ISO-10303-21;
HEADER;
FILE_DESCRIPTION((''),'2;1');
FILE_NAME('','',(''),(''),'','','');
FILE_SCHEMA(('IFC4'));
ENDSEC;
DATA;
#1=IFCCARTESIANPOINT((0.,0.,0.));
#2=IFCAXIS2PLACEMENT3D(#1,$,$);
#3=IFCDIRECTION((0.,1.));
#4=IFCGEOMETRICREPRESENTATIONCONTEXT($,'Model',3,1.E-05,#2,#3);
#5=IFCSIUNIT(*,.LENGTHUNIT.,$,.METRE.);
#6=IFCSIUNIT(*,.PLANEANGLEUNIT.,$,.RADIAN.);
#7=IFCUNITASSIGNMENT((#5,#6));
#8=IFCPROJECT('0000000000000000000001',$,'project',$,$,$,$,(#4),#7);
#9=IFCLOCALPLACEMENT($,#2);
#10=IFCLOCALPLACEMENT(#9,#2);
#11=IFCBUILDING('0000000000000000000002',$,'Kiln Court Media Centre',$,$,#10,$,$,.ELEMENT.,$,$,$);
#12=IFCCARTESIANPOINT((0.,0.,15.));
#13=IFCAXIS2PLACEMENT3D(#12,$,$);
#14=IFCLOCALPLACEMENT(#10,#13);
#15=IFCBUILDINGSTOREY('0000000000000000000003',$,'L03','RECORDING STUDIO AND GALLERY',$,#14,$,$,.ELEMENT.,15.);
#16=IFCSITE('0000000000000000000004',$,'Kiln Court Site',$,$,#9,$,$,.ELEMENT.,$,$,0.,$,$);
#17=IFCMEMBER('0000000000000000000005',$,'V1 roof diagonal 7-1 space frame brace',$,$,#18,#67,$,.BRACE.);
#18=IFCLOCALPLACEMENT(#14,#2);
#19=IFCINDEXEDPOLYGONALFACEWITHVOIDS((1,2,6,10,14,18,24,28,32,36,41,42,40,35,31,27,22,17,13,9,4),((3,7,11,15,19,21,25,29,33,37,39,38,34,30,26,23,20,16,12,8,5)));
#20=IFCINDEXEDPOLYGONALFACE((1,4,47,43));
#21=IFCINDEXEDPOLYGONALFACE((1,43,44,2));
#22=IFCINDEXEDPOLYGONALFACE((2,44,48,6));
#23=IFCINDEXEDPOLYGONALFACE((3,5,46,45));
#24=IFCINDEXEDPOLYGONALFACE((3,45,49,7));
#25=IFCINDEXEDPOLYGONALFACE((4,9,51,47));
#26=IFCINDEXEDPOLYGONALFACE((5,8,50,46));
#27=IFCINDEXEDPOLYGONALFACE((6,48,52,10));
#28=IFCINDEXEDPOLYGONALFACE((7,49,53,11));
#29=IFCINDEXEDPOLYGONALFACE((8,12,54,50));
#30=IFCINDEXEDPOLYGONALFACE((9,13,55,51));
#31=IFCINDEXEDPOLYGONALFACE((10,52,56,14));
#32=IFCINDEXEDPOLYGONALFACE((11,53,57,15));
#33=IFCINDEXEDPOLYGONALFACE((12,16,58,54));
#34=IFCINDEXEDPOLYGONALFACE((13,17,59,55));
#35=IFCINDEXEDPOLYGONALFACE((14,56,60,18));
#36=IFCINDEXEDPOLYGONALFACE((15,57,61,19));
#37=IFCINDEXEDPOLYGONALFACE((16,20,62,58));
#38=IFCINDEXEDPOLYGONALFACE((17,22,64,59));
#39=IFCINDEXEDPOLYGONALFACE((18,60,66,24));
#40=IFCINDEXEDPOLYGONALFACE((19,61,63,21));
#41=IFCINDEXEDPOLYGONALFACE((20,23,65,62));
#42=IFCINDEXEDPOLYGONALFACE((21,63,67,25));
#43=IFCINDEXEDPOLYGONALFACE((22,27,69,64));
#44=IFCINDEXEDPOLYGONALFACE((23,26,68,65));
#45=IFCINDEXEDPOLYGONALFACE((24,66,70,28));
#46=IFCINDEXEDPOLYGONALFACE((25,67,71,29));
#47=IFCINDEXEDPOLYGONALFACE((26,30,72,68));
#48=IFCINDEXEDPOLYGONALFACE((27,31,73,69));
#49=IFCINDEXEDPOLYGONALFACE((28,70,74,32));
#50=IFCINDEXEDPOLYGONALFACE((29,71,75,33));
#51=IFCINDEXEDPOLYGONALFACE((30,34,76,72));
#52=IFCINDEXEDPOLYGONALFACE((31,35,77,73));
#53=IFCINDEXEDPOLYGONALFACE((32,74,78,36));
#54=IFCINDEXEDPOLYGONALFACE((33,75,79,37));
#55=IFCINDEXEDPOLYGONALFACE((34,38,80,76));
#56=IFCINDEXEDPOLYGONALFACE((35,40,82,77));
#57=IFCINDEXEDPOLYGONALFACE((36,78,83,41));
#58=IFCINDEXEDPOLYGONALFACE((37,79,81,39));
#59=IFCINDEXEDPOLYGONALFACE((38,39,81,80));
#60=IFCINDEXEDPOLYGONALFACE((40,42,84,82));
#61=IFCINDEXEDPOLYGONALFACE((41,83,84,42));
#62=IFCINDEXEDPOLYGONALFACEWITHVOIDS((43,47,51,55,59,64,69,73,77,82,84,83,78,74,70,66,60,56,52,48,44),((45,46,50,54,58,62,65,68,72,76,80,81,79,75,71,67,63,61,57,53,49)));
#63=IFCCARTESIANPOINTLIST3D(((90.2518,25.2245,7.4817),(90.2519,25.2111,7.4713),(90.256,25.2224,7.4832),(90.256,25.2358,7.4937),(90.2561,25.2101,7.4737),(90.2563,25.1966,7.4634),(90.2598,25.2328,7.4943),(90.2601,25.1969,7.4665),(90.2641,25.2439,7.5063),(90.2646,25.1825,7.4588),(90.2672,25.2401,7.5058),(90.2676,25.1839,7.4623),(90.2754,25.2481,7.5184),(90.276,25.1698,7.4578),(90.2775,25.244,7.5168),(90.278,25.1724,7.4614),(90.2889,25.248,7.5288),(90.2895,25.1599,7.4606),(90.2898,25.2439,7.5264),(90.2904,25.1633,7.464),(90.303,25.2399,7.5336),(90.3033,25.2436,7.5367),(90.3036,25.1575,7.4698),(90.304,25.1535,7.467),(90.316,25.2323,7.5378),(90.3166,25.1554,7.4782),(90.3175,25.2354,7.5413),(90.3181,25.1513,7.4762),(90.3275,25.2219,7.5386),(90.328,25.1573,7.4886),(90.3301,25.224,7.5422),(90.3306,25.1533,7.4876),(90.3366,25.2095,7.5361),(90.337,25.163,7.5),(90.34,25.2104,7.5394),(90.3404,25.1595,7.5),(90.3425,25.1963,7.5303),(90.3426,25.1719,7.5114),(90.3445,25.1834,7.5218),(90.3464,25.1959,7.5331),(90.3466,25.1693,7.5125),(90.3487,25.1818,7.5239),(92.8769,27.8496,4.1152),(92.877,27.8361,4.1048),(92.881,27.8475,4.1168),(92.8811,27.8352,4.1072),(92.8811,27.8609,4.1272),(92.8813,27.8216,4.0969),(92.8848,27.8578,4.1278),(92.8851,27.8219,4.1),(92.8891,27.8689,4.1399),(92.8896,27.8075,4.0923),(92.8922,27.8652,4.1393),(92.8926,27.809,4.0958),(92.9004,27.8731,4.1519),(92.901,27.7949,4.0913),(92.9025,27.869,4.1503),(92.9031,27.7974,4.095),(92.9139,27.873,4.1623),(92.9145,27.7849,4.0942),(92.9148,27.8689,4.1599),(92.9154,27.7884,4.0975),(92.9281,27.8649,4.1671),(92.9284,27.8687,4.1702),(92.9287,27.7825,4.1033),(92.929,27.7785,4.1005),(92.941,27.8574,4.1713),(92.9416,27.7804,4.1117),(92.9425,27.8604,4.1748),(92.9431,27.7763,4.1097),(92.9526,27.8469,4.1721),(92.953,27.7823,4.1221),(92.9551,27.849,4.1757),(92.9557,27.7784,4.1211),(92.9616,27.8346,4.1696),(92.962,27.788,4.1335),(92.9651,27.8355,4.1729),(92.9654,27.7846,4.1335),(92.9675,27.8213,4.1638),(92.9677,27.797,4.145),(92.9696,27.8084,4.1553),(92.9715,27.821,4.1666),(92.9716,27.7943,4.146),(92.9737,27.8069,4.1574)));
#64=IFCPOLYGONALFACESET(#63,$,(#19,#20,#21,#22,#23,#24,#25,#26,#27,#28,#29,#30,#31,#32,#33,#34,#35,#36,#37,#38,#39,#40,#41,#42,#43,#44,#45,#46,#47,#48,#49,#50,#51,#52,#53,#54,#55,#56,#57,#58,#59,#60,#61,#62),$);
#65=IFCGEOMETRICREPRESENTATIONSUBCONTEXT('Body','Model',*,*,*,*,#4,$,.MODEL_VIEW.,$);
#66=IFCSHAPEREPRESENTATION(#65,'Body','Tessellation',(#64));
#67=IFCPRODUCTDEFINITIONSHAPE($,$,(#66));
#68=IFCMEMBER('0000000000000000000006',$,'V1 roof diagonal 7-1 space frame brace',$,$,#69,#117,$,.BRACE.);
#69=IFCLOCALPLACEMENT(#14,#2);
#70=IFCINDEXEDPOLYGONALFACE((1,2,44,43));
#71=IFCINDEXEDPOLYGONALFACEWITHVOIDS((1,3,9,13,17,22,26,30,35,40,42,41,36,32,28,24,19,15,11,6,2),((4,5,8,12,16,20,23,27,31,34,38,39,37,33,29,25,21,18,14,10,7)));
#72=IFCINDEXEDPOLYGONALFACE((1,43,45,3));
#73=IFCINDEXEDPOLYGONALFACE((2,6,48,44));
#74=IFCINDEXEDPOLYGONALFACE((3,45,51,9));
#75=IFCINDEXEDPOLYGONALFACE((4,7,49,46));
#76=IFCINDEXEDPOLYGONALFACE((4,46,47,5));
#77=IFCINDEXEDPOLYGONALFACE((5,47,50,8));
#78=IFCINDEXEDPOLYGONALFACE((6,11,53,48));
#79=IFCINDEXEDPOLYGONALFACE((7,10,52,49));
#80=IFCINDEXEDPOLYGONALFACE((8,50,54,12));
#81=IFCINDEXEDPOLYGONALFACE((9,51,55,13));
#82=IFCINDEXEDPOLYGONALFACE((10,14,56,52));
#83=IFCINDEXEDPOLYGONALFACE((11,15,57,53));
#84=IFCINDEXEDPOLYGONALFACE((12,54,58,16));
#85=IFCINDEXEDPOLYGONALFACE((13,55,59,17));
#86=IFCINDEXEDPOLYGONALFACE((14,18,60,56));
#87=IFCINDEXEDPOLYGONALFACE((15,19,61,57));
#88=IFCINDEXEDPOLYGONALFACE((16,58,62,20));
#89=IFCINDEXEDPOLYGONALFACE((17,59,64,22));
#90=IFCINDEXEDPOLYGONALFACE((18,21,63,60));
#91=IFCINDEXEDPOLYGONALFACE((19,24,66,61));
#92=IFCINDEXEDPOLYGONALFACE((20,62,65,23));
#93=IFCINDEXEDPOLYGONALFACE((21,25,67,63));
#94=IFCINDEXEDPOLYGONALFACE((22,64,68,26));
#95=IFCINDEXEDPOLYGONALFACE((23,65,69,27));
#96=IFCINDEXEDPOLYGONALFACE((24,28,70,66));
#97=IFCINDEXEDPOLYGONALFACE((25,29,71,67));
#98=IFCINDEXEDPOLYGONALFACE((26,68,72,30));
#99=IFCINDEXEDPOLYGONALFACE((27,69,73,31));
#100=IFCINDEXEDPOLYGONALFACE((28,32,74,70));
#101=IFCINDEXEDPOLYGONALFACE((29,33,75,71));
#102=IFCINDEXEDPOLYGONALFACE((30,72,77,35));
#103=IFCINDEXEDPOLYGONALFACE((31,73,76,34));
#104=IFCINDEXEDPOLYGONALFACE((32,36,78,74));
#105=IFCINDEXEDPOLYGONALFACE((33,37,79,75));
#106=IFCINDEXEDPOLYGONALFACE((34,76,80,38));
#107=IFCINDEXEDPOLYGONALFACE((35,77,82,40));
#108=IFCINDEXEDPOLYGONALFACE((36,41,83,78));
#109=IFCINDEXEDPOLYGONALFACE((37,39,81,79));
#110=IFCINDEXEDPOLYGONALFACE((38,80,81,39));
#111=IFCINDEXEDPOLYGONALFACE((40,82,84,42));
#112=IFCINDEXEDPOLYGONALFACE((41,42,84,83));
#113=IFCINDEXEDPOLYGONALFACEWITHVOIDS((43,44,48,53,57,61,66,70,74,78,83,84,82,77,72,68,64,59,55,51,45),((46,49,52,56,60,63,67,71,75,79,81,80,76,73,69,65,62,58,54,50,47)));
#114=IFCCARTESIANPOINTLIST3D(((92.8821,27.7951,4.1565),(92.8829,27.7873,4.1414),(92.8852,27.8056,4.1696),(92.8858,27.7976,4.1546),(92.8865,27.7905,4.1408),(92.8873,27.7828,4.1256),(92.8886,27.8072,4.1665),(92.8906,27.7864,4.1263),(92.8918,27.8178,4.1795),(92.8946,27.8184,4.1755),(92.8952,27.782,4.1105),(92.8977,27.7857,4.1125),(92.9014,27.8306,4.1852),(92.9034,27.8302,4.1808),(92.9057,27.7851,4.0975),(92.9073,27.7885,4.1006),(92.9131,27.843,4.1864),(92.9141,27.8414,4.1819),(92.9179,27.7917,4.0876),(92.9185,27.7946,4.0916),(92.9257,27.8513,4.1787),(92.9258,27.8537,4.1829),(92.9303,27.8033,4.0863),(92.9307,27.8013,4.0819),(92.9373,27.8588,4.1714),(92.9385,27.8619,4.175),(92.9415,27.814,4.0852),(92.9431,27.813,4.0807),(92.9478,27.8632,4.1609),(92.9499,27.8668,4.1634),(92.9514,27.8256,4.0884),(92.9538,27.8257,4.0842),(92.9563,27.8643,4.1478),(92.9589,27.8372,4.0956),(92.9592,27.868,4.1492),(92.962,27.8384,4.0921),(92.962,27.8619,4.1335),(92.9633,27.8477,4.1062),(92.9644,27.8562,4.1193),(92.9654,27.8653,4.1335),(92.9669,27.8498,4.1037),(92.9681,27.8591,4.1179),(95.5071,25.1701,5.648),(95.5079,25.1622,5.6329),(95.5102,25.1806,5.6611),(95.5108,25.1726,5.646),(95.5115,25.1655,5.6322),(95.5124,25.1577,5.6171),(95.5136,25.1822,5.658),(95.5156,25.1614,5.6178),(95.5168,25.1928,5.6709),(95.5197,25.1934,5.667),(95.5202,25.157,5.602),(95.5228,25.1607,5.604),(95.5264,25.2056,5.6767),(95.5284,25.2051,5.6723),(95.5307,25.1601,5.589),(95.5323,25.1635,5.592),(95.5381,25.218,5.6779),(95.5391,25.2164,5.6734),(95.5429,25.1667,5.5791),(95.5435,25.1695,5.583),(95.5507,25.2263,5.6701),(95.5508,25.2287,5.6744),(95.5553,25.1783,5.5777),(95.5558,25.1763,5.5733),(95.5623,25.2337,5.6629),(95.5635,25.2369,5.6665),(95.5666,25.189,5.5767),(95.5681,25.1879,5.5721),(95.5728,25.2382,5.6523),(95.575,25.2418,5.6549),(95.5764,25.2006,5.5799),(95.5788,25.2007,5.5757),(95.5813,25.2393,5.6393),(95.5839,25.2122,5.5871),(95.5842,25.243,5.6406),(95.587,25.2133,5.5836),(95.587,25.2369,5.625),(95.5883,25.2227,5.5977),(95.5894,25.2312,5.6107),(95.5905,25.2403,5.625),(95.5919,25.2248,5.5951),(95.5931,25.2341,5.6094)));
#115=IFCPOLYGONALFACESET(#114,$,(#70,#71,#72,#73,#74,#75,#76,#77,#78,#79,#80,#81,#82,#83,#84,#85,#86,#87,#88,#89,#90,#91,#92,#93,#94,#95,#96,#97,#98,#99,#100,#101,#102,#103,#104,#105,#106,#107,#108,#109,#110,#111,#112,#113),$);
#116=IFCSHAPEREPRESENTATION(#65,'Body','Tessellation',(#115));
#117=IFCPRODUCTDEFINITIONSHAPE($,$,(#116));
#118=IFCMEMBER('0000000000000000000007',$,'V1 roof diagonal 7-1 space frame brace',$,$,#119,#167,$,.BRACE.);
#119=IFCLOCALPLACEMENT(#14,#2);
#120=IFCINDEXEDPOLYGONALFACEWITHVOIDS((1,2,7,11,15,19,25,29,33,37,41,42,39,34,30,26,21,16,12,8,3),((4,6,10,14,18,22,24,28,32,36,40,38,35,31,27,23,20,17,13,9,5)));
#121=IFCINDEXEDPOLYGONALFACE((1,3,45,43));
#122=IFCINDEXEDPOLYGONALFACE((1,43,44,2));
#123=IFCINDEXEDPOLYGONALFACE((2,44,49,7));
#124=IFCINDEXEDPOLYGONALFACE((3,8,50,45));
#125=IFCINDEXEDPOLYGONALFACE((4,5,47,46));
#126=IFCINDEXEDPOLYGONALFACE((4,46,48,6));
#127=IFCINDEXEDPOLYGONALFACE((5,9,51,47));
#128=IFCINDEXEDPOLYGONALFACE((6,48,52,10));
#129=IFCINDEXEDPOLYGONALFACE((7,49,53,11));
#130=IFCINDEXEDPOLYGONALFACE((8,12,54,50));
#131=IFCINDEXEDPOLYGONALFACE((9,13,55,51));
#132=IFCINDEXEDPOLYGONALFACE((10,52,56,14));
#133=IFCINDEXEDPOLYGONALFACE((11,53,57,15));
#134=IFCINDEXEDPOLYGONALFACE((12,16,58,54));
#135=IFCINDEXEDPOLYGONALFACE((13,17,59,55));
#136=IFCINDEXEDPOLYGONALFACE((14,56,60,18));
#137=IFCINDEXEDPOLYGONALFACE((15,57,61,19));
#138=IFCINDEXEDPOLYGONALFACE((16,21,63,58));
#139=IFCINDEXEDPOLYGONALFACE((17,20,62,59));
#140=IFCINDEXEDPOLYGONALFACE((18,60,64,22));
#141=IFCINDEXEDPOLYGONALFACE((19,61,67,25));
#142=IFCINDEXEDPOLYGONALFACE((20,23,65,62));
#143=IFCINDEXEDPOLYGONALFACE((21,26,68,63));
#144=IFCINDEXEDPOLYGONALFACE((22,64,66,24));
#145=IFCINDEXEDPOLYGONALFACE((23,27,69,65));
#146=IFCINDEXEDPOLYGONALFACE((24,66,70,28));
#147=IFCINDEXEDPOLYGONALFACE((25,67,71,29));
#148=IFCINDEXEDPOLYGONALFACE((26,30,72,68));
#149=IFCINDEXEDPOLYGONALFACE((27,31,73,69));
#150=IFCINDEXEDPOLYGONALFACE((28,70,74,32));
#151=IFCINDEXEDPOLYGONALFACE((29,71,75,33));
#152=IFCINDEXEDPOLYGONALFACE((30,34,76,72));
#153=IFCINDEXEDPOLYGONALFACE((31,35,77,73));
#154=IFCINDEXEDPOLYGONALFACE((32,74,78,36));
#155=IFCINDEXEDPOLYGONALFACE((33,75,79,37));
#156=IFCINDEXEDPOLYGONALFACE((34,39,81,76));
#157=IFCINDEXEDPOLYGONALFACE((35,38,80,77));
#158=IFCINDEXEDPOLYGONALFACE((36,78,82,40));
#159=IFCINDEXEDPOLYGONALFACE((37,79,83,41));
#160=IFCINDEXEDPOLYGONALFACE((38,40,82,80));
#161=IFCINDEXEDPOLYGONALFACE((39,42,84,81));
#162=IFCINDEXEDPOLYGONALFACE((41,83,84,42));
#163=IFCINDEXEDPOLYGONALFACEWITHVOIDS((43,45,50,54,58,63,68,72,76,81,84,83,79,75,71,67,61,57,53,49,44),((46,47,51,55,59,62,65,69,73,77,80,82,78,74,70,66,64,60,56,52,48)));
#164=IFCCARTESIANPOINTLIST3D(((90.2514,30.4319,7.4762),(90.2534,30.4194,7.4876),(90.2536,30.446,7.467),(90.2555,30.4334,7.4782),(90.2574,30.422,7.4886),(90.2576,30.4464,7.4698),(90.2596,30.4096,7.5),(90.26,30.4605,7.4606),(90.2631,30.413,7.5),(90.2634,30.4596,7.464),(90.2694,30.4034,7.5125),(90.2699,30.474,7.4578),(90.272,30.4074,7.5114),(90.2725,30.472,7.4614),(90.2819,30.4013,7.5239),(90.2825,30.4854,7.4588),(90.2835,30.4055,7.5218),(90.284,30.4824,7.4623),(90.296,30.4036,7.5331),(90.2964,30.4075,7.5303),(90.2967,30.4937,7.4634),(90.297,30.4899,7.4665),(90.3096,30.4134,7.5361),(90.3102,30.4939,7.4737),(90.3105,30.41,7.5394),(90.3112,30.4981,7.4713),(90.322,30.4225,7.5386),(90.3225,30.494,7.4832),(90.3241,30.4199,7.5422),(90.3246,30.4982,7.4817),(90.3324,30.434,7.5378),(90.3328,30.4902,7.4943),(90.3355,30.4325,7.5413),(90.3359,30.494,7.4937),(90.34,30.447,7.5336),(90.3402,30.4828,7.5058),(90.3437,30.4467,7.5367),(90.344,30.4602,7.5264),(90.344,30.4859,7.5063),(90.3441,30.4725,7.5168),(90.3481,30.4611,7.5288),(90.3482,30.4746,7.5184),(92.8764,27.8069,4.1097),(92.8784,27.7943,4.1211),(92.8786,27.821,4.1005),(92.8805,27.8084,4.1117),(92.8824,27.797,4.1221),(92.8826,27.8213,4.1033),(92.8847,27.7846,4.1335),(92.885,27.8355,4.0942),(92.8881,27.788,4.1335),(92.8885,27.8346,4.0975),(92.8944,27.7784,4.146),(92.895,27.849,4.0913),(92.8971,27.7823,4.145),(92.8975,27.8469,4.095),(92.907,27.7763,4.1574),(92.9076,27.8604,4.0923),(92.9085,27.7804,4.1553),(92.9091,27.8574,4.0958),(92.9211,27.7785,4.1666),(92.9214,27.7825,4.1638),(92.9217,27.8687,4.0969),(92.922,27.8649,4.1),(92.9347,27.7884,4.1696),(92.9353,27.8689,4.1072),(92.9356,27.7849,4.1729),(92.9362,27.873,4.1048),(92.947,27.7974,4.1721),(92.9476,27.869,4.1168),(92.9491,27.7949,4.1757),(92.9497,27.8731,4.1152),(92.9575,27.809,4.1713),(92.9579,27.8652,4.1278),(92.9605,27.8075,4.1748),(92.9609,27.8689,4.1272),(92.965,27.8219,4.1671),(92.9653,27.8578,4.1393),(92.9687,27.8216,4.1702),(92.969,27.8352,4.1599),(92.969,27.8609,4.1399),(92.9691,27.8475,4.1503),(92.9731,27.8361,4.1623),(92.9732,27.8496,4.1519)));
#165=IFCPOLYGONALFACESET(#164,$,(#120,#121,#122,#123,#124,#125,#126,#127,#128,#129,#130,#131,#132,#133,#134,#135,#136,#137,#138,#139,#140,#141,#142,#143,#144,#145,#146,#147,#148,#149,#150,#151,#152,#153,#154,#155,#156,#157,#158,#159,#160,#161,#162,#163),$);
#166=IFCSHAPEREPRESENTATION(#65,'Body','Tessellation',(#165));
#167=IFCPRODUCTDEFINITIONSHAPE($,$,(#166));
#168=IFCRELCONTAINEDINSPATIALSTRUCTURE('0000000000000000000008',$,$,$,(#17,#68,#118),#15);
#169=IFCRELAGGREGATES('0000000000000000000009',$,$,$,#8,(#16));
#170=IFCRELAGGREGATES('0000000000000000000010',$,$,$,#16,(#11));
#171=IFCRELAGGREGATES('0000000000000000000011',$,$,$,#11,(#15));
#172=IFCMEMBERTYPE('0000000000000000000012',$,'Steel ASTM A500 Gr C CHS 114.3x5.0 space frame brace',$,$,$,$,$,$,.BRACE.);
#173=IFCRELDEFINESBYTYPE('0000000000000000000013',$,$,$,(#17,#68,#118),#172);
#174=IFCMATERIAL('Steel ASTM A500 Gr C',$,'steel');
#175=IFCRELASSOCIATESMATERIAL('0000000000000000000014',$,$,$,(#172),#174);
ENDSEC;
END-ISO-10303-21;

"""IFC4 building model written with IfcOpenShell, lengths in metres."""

from ifc_helpers import new_model, si_unit, direction, frame, origin, origin_2d, place, context, subcontext, project, spatial, hollow_circle, extrude, material, material_profile, profile_set, type_object, element, save


model = new_model("IFC4")

# Units and contexts
model_context = context("Model", 3, precision=1e-05, world=origin(), true_north=direction((0.0, 1.0)))
body_context = subcontext(model_context, "Body", "Model", "MODEL_VIEW")
ifc_project = project(units=[si_unit("LENGTHUNIT", "METRE"), si_unit("PLANEANGLEUNIT", "RADIAN")], contexts=[model_context])

# Site, building, storey
site_placement = place(None, origin())
site = spatial("IfcSite", under=ifc_project, at=site_placement, Name="Kiln Court Site", CompositionType="ELEMENT", RefElevation=0.0)
building_placement = place(site_placement, origin())
building = spatial("IfcBuilding", under=site, at=building_placement, Name="Kiln Court Media Centre", CompositionType="ELEMENT")
storey_placement = place(building_placement, frame((0.0, 0.0, 15.0)))
storey = spatial("IfcBuildingStorey", under=building, at=storey_placement, Name="L03", Description="RECORDING STUDIO AND GALLERY", CompositionType="ELEMENT", Elevation=15.0)

# Members
ifc_material_1 = material(Name="Steel ASTM A500 Gr C", Category="steel")
ifc_material_profile_1 = material_profile(ifc_material_1, hollow_circle(Radius=0.0571, WallThickness=0.0049, at=origin_2d()), Name="CHS 114.3x5.0")
ifc_profile_set_1 = profile_set([ifc_material_profile_1], Name="Steel ASTM A500 Gr C")
member_type_1 = type_object("IfcMemberType", Name="Steel ASTM A500 Gr C CHS 114.3x5.0 space frame brace", PredefinedType="BRACE", material=ifc_profile_set_1)
member_1_placement = place(storey_placement, frame((92.925, 27.825, 4.1335), z_axis=(-0.523804, -0.523804, 0.671758), x_axis=(0.707107, -0.707107, 0.0)))
element("IfcMember", 1, at=member_1_placement, inside=storey, type_object=member_type_1, Name="V1 roof diagonal 7-1 space frame brace", PredefinedType="BRACE", context=body_context, shape_type="SweptSolid", body=[
    extrude(hollow_circle(Radius=0.0571, WallThickness=0.0049, at=origin_2d()), origin(), (0.0, 0.0, 1.0), 5.0115),
])
member_2_placement = place(storey_placement, frame((92.925, 27.825, 4.1335), z_axis=(0.656133, -0.656133, 0.372798), x_axis=(0.707107, 0.707107, 0.0)))
element("IfcMember", 2, at=member_2_placement, inside=storey, type_object=member_type_1, Name="V1 roof diagonal 7-1 space frame brace", PredefinedType="BRACE", context=body_context, shape_type="SweptSolid", body=[
    extrude(hollow_circle(Radius=0.0571, WallThickness=0.0049, at=origin_2d()), origin(), (0.0, 0.0, 1.0), 4.0007),
])
member_3_placement = place(storey_placement, frame((92.925, 27.825, 4.1335), z_axis=(-0.523804, 0.523804, 0.671758), x_axis=(-0.707107, -0.707107, 0.0)))
element("IfcMember", 3, at=member_3_placement, inside=storey, type_object=member_type_1, Name="V1 roof diagonal 7-1 space frame brace", PredefinedType="BRACE", context=body_context, shape_type="SweptSolid", body=[
    extrude(hollow_circle(Radius=0.0571, WallThickness=0.0049, at=origin_2d()), origin(), (0.0, 0.0, 1.0), 5.0115),
])

save(model, "model.ifc")
